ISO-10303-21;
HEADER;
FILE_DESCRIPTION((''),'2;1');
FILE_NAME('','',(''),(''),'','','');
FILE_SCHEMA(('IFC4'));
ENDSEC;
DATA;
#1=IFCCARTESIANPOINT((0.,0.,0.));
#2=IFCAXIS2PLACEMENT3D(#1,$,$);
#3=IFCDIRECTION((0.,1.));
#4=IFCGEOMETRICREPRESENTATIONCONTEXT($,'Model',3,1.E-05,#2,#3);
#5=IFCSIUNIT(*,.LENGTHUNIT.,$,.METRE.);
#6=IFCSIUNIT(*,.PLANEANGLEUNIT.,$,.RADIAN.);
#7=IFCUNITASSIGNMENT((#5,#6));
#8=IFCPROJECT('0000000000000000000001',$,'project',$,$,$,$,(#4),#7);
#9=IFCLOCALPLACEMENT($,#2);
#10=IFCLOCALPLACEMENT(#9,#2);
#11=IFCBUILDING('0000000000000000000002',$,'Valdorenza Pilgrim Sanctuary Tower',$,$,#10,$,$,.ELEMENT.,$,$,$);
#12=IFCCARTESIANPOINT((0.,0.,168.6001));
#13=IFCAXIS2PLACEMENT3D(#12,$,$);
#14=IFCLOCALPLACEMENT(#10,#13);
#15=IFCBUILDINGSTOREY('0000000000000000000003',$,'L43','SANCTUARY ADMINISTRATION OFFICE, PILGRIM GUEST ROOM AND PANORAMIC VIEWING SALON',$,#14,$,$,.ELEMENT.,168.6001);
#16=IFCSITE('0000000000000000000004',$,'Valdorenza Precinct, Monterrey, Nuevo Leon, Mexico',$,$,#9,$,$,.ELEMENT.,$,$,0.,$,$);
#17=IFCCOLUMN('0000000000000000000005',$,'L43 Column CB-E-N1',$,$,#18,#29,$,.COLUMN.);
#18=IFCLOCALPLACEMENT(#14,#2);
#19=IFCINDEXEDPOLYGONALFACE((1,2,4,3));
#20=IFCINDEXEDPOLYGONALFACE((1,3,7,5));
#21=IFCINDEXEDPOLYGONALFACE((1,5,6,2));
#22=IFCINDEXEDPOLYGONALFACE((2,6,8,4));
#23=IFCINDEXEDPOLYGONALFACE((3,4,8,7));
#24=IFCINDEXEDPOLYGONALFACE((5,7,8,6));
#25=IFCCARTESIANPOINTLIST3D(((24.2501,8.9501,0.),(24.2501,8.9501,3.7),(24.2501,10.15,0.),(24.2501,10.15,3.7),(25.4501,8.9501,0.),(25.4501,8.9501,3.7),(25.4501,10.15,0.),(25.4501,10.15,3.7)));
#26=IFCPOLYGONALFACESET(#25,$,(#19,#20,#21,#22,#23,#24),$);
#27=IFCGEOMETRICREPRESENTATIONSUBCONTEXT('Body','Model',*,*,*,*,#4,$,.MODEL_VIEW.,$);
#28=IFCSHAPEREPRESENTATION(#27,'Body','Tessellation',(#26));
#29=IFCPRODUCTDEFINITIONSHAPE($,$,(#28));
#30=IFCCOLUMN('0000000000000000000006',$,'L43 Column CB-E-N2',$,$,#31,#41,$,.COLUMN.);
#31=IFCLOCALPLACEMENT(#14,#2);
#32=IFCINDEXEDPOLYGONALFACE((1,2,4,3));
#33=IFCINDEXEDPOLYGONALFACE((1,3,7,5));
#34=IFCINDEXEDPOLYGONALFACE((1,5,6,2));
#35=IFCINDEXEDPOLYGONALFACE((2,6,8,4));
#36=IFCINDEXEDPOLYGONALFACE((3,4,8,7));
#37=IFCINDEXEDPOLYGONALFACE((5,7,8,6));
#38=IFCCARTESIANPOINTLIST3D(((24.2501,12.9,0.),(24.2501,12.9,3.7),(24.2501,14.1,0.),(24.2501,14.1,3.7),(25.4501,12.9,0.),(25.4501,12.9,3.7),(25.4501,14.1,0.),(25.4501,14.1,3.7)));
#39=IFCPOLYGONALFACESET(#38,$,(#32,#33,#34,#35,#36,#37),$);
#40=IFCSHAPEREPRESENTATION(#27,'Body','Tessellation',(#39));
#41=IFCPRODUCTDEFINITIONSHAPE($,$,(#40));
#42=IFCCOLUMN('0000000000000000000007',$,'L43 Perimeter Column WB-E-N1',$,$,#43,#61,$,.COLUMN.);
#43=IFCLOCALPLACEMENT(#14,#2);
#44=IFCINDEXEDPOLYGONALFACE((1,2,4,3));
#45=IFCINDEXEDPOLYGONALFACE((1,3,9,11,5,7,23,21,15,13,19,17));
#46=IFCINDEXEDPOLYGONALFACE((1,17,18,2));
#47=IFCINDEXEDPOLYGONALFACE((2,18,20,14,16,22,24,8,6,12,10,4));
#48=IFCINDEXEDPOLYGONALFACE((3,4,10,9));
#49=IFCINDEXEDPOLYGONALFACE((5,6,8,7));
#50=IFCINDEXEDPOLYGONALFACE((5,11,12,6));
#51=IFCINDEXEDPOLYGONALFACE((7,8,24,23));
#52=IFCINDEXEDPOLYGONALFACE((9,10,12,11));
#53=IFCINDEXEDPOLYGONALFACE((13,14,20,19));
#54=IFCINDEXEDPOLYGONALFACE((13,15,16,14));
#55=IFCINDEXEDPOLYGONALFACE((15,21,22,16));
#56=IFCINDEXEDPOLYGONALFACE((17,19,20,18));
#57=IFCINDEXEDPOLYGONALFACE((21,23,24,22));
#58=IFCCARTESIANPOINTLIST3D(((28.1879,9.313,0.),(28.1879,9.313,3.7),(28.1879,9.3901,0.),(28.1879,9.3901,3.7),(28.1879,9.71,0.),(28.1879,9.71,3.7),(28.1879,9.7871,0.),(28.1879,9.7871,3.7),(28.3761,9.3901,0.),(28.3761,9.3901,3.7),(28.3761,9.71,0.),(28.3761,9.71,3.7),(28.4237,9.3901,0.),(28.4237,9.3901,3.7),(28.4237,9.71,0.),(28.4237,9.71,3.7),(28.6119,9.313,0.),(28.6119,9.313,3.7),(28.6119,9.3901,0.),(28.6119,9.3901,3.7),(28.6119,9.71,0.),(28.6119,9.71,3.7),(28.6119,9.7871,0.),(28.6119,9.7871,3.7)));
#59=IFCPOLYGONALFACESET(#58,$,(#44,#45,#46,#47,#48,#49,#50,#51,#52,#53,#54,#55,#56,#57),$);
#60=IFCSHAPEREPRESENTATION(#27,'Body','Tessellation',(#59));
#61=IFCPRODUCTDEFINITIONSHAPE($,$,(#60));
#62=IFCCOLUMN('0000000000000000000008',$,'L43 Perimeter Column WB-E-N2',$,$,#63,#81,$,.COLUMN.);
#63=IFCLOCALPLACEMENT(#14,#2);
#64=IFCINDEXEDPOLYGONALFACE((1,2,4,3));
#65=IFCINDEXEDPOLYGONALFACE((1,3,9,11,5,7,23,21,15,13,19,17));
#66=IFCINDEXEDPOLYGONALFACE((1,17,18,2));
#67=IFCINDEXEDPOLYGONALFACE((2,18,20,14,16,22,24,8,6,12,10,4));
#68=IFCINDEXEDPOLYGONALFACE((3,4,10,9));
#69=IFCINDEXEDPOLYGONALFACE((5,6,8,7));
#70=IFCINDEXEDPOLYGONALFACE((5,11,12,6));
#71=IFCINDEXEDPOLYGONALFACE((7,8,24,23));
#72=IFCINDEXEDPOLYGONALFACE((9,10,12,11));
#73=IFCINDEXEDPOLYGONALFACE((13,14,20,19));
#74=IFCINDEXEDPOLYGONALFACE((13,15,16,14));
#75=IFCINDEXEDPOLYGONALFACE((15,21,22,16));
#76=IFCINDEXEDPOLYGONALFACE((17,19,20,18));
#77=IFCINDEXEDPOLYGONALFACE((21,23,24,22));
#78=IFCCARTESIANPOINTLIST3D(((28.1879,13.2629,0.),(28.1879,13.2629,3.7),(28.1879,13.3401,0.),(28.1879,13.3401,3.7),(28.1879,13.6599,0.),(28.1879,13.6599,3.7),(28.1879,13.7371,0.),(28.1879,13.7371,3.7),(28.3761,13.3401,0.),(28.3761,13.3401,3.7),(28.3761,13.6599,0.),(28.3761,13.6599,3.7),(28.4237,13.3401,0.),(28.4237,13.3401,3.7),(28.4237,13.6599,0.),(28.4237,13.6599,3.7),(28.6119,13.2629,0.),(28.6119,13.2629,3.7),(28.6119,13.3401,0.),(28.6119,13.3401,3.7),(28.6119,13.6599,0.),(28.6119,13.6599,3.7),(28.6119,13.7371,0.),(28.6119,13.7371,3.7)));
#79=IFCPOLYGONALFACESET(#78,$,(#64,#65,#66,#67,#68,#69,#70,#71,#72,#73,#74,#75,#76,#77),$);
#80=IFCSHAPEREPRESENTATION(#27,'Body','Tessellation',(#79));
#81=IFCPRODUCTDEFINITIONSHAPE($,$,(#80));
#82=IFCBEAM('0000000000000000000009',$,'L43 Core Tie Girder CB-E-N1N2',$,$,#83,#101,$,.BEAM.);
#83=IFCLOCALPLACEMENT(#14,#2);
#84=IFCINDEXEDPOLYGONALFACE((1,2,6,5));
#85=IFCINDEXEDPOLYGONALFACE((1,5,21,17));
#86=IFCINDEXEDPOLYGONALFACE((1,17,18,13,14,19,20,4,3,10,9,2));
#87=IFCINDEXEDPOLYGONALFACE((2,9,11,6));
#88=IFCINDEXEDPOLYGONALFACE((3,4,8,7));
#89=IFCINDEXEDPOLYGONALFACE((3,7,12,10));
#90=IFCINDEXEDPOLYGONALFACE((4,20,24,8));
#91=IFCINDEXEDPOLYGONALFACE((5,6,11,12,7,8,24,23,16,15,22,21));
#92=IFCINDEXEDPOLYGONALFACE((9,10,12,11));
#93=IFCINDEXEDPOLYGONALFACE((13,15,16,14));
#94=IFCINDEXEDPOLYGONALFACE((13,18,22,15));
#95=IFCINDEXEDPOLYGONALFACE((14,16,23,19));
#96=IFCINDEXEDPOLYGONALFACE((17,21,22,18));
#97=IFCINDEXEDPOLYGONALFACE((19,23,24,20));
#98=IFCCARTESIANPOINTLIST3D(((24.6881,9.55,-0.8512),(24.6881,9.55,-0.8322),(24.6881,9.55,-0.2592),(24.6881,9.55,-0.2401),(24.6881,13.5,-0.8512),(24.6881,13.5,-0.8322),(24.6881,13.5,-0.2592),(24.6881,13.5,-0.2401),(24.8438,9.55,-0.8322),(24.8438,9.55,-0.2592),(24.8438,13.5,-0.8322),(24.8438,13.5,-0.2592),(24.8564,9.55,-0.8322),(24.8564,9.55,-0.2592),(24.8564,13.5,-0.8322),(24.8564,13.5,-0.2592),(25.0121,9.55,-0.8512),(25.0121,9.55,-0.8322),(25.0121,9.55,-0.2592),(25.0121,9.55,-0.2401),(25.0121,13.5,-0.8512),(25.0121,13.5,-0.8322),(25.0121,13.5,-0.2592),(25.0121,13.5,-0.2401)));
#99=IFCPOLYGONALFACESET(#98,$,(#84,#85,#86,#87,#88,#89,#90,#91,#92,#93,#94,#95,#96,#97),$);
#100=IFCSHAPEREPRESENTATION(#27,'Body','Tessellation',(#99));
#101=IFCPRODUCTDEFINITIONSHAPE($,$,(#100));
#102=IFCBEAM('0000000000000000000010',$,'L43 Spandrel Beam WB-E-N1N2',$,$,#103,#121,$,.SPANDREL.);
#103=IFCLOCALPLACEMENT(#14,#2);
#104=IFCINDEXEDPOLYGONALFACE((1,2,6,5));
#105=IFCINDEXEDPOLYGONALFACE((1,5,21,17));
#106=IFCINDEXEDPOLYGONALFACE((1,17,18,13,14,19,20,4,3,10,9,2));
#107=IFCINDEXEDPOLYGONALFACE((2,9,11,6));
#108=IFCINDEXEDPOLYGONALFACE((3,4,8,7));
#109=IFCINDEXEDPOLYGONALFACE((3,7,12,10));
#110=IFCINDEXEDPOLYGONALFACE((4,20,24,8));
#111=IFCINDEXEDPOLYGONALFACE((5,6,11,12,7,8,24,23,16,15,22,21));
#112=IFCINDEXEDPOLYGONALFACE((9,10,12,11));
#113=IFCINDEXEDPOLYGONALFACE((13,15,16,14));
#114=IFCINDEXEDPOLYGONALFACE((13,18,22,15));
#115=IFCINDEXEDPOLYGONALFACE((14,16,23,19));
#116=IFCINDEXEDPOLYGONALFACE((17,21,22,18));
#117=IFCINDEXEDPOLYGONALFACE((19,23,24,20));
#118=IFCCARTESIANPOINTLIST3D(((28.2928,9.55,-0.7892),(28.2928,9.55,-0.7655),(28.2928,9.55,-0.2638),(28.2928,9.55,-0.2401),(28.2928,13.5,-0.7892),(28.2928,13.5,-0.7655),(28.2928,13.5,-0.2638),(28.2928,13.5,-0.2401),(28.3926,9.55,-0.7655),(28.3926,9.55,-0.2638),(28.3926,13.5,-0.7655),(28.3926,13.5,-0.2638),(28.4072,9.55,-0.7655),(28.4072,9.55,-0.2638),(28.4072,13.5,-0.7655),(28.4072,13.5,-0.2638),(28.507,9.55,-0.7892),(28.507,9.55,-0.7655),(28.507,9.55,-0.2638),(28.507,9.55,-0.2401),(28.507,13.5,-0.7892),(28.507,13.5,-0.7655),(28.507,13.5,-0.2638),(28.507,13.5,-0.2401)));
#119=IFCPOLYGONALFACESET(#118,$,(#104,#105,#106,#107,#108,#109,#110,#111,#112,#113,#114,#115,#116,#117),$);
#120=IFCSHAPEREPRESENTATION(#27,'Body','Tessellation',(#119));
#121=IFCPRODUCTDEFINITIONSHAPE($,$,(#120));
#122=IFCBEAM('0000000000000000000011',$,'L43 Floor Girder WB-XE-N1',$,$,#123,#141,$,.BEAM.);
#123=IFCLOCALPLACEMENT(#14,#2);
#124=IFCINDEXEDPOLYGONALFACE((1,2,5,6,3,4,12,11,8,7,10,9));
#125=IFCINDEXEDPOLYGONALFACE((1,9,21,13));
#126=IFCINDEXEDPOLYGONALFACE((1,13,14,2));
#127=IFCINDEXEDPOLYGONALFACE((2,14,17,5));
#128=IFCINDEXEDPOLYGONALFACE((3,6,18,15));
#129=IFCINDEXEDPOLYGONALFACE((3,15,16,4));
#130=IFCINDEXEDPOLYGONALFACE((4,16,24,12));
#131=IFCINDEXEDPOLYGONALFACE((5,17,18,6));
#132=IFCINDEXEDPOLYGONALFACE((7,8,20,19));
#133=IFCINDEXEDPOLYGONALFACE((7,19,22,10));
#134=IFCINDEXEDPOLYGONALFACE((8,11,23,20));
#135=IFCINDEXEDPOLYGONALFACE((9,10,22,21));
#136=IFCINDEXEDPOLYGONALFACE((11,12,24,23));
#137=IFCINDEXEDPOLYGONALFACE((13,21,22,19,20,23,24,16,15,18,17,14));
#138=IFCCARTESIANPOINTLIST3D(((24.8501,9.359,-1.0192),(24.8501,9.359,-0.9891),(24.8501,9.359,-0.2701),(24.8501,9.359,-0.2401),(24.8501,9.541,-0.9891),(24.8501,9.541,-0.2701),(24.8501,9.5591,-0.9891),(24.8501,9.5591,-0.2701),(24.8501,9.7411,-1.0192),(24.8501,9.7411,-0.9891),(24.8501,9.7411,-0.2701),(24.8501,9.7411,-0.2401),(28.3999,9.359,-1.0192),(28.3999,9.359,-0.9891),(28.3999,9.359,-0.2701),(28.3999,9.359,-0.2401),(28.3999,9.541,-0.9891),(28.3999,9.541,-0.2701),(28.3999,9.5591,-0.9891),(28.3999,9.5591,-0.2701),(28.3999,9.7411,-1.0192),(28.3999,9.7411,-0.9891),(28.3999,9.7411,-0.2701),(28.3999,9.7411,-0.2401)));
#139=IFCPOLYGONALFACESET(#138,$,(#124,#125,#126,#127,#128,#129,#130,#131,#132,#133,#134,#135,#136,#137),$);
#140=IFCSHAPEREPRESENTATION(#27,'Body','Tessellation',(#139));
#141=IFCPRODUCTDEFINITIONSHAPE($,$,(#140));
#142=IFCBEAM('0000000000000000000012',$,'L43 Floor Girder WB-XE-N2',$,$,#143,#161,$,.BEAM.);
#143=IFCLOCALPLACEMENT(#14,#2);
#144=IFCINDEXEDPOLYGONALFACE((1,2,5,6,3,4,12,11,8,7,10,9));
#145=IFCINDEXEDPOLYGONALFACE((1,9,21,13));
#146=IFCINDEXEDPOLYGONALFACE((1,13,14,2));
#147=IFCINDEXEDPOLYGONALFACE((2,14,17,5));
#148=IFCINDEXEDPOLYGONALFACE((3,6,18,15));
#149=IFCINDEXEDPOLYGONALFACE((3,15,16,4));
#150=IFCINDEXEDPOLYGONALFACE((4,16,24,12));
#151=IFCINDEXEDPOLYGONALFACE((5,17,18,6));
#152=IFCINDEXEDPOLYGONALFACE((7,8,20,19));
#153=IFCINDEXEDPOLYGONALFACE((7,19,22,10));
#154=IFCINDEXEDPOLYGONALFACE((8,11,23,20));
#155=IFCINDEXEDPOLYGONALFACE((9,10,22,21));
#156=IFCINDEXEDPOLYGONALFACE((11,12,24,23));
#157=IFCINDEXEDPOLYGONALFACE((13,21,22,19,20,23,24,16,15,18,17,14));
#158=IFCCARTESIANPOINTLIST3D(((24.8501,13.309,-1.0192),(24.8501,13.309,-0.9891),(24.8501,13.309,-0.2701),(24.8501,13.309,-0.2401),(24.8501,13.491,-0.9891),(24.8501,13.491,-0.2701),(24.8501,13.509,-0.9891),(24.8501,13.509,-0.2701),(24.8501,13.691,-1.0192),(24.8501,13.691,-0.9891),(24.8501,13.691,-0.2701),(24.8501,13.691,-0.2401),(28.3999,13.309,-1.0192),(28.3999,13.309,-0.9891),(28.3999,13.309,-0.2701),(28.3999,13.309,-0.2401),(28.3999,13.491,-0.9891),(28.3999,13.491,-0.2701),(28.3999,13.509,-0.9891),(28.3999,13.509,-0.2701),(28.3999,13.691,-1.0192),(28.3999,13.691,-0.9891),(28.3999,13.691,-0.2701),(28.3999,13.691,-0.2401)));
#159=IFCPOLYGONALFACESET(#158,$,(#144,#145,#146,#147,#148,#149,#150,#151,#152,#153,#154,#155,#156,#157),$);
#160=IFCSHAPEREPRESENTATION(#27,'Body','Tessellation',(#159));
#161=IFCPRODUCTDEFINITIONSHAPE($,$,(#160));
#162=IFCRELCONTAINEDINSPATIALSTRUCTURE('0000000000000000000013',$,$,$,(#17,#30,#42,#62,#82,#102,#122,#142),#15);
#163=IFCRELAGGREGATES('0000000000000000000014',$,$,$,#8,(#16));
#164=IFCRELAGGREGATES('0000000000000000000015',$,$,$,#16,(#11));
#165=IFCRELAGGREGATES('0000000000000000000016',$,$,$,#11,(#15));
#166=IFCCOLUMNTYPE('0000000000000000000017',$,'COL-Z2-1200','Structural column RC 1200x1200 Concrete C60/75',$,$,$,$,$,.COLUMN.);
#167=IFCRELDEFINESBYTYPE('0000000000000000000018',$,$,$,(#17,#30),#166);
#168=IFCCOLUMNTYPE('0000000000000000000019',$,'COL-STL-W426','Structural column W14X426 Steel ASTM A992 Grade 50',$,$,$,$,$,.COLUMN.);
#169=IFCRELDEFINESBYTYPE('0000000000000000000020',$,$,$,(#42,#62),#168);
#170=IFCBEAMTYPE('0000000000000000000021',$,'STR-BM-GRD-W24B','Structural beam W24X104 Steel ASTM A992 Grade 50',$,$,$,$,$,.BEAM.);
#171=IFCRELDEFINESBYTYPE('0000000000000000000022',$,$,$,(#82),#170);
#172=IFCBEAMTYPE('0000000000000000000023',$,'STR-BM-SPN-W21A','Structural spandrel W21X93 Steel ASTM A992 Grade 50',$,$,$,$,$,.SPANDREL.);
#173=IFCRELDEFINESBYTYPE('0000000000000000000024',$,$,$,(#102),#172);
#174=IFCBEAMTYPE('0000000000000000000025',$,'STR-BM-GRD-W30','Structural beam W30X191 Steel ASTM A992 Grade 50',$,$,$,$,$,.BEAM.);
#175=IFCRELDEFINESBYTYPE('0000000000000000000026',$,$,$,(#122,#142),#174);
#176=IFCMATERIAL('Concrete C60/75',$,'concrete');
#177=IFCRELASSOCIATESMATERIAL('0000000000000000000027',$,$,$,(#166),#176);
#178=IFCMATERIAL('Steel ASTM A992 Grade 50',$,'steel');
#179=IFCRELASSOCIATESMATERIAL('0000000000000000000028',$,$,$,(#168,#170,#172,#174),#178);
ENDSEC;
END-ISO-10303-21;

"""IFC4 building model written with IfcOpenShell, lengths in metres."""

from ifc_helpers import new_model, si_unit, direction, frame, origin, origin_2d, place, context, subcontext, project, spatial, rectangle, i_section, extrude, source, transform, mapped, material, material_profile, profile_set, type_object, element, save


model = new_model("IFC4")

# Units and contexts
model_context = context("Model", 3, precision=1e-05, world=origin(), true_north=direction((0.0, 1.0)))
body_context = subcontext(model_context, "Body", "Model", "MODEL_VIEW")
ifc_project = project(units=[si_unit("LENGTHUNIT", "METRE"), si_unit("PLANEANGLEUNIT", "RADIAN")], contexts=[model_context])

# Site, building, storey
site_placement = place(None, origin())
site = spatial("IfcSite", under=ifc_project, at=site_placement, Name="Valdorenza Precinct, Monterrey, Nuevo Leon, Mexico", CompositionType="ELEMENT", RefElevation=0.0)
building_placement = place(site_placement, origin())
building = spatial("IfcBuilding", under=site, at=building_placement, Name="Valdorenza Pilgrim Sanctuary Tower", CompositionType="ELEMENT")
storey_placement = place(building_placement, frame((0.0, 0.0, 168.6001)))
storey = spatial("IfcBuildingStorey", under=building, at=storey_placement, Name="L43", Description="SANCTUARY ADMINISTRATION OFFICE, PILGRIM GUEST ROOM AND PANORAMIC VIEWING SALON", CompositionType="ELEMENT", Elevation=168.6001)

# Columns
ifc_material_1 = material(Name="Concrete C60/75", Category="concrete")
ifc_material_profile_1 = material_profile(ifc_material_1, rectangle(XDim=1.2, YDim=1.2, at=origin_2d()), Name="RC 1200x1200")
ifc_profile_set_1 = profile_set([ifc_material_profile_1], Name="Concrete C60/75")
column_type_1 = type_object("IfcColumnType", Name="COL-Z2-1200", Description="Structural column RC 1200x1200 Concrete C60/75", PredefinedType="COLUMN", material=ifc_profile_set_1)
shared_shape_1 = source(origin(), body_context, "Body", "SweptSolid", [
    extrude(rectangle(XDim=1.2, YDim=1.2, at=origin_2d()), origin(), (0.0, 0.0, 1.0), 3.7),
])
for number, where, z_axis, x_axis, name in (
    (1, (24.8501, 9.55, 0.0), (0.0, 0.0, 1.0), (1.0, 0.0, 0.0), "L43 Column CB-E-N1"),
    (2, (24.8501, 13.5, 0.0), (0.0, 0.0, 1.0), (1.0, 0.0, 0.0), "L43 Column CB-E-N2"),
):
    element("IfcColumn", number, at=place(storey_placement, frame(where, z_axis=z_axis, x_axis=x_axis)), inside=storey, type_object=column_type_1, Name=name, PredefinedType="COLUMN", context=body_context, shape_type="MappedRepresentation", body=[
        mapped(shared_shape_1, transform((0.0, 0.0, 0.0), x_axis=(1.0, 0.0, 0.0), y_axis=(0.0, 1.0, 0.0), z_axis=(0.0, 0.0, 1.0), scale=1.0)),
    ])
ifc_material_2 = material(Name="Steel ASTM A992 Grade 50", Category="steel")
ifc_material_profile_2 = material_profile(ifc_material_2, i_section(OverallWidth=0.4241, OverallDepth=0.4741, WebThickness=0.0476, FlangeThickness=0.0771, at=origin_2d()), Name="W14X426")
ifc_profile_set_2 = profile_set([ifc_material_profile_2], Name="Steel ASTM A992 Grade 50")
column_type_2 = type_object("IfcColumnType", Name="COL-STL-W426", Description="Structural column W14X426 Steel ASTM A992 Grade 50", PredefinedType="COLUMN", material=ifc_profile_set_2)
shared_shape_2 = source(origin(), body_context, "Body", "SweptSolid", [
    extrude(i_section(OverallWidth=0.4241, OverallDepth=0.4741, WebThickness=0.0476, FlangeThickness=0.0771, at=origin_2d()), origin(), (0.0, 0.0, 1.0), 3.7),
])
for number, where, z_axis, x_axis, name in (
    (3, (28.3999, 9.55, 0.0), (0.0, 0.0, 1.0), (1.0, 0.0, 0.0), "L43 Perimeter Column WB-E-N1"),
    (4, (28.3999, 13.5, 0.0), (0.0, 0.0, 1.0), (1.0, 0.0, 0.0), "L43 Perimeter Column WB-E-N2"),
):
    element("IfcColumn", number, at=place(storey_placement, frame(where, z_axis=z_axis, x_axis=x_axis)), inside=storey, type_object=column_type_2, Name=name, PredefinedType="COLUMN", context=body_context, shape_type="MappedRepresentation", body=[
        mapped(shared_shape_2, transform((0.0, 0.0, 0.0), x_axis=(1.0, 0.0, 0.0), y_axis=(0.0, 1.0, 0.0), z_axis=(0.0, 0.0, 1.0), scale=1.0)),
    ])

# Beams
ifc_material_profile_3 = material_profile(ifc_material_2, i_section(OverallWidth=0.324, OverallDepth=0.6111, WebThickness=0.0127, FlangeThickness=0.019, at=origin_2d()), Name="W24X104")
ifc_profile_set_3 = profile_set([ifc_material_profile_3], Name="Steel ASTM A992 Grade 50")
beam_type_1 = type_object("IfcBeamType", Name="STR-BM-GRD-W24B", Description="Structural beam W24X104 Steel ASTM A992 Grade 50", PredefinedType="BEAM", material=ifc_profile_set_3)
shared_shape_3 = source(origin(), body_context, "Body", "SweptSolid", [
    extrude(i_section(OverallWidth=0.324, OverallDepth=0.6111, WebThickness=0.0127, FlangeThickness=0.019, at=origin_2d()), origin(), (0.0, 0.0, 1.0), 3.95),
])
beam_1_placement = place(storey_placement, frame((24.8501, 9.55, -0.5457), z_axis=(0.0, 1.0, 0.0), x_axis=(-1.0, 0.0, 0.0)))
element("IfcBeam", 5, at=beam_1_placement, inside=storey, type_object=beam_type_1, Name="L43 Core Tie Girder CB-E-N1N2", PredefinedType="BEAM", context=body_context, shape_type="MappedRepresentation", body=[
    mapped(shared_shape_3, transform((0.0, 0.0, 0.0), x_axis=(1.0, 0.0, 0.0), y_axis=(0.0, 1.0, 0.0), z_axis=(0.0, 0.0, 1.0), scale=1.0)),
])
ifc_material_profile_4 = material_profile(ifc_material_2, i_section(OverallWidth=0.2141, OverallDepth=0.5491, WebThickness=0.0146, FlangeThickness=0.0237, at=origin_2d()), Name="W21X93")
ifc_profile_set_4 = profile_set([ifc_material_profile_4], Name="Steel ASTM A992 Grade 50")
beam_type_2 = type_object("IfcBeamType", Name="STR-BM-SPN-W21A", Description="Structural spandrel W21X93 Steel ASTM A992 Grade 50", PredefinedType="SPANDREL", material=ifc_profile_set_4)
shared_shape_4 = source(origin(), body_context, "Body", "SweptSolid", [
    extrude(i_section(OverallWidth=0.2141, OverallDepth=0.5491, WebThickness=0.0146, FlangeThickness=0.0237, at=origin_2d()), origin(), (0.0, 0.0, 1.0), 3.95),
])
beam_2_placement = place(storey_placement, frame((28.3999, 9.55, -0.5146), z_axis=(0.0, 1.0, 0.0), x_axis=(-1.0, 0.0, 0.0)))
element("IfcBeam", 6, at=beam_2_placement, inside=storey, type_object=beam_type_2, Name="L43 Spandrel Beam WB-E-N1N2", PredefinedType="SPANDREL", context=body_context, shape_type="MappedRepresentation", body=[
    mapped(shared_shape_4, transform((0.0, 0.0, 0.0), x_axis=(1.0, 0.0, 0.0), y_axis=(0.0, 1.0, 0.0), z_axis=(0.0, 0.0, 1.0), scale=1.0)),
])
ifc_material_profile_5 = material_profile(ifc_material_2, i_section(OverallWidth=0.3821, OverallDepth=0.7791, WebThickness=0.0181, FlangeThickness=0.03, at=origin_2d()), Name="W30X191")
ifc_profile_set_5 = profile_set([ifc_material_profile_5], Name="Steel ASTM A992 Grade 50")
beam_type_3 = type_object("IfcBeamType", Name="STR-BM-GRD-W30", Description="Structural beam W30X191 Steel ASTM A992 Grade 50", PredefinedType="BEAM", material=ifc_profile_set_5)
shared_shape_5 = source(origin(), body_context, "Body", "SweptSolid", [
    extrude(i_section(OverallWidth=0.3821, OverallDepth=0.7791, WebThickness=0.0181, FlangeThickness=0.03, at=origin_2d()), origin(), (0.0, 0.0, 1.0), 3.5498),
])
for number, where, z_axis, x_axis, name in (
    (7, (24.8501, 9.55, -0.6296), (1.0, 0.0, 0.0), (0.0, 1.0, 0.0), "L43 Floor Girder WB-XE-N1"),
    (8, (24.8501, 13.5, -0.6296), (1.0, 0.0, 0.0), (0.0, 1.0, 0.0), "L43 Floor Girder WB-XE-N2"),
):
    element("IfcBeam", number, at=place(storey_placement, frame(where, z_axis=z_axis, x_axis=x_axis)), inside=storey, type_object=beam_type_3, Name=name, PredefinedType="BEAM", context=body_context, shape_type="MappedRepresentation", body=[
        mapped(shared_shape_5, transform((0.0, 0.0, 0.0), x_axis=(1.0, 0.0, 0.0), y_axis=(0.0, 1.0, 0.0), z_axis=(0.0, 0.0, 1.0), scale=1.0)),
    ])

save(model, "model.ifc")
